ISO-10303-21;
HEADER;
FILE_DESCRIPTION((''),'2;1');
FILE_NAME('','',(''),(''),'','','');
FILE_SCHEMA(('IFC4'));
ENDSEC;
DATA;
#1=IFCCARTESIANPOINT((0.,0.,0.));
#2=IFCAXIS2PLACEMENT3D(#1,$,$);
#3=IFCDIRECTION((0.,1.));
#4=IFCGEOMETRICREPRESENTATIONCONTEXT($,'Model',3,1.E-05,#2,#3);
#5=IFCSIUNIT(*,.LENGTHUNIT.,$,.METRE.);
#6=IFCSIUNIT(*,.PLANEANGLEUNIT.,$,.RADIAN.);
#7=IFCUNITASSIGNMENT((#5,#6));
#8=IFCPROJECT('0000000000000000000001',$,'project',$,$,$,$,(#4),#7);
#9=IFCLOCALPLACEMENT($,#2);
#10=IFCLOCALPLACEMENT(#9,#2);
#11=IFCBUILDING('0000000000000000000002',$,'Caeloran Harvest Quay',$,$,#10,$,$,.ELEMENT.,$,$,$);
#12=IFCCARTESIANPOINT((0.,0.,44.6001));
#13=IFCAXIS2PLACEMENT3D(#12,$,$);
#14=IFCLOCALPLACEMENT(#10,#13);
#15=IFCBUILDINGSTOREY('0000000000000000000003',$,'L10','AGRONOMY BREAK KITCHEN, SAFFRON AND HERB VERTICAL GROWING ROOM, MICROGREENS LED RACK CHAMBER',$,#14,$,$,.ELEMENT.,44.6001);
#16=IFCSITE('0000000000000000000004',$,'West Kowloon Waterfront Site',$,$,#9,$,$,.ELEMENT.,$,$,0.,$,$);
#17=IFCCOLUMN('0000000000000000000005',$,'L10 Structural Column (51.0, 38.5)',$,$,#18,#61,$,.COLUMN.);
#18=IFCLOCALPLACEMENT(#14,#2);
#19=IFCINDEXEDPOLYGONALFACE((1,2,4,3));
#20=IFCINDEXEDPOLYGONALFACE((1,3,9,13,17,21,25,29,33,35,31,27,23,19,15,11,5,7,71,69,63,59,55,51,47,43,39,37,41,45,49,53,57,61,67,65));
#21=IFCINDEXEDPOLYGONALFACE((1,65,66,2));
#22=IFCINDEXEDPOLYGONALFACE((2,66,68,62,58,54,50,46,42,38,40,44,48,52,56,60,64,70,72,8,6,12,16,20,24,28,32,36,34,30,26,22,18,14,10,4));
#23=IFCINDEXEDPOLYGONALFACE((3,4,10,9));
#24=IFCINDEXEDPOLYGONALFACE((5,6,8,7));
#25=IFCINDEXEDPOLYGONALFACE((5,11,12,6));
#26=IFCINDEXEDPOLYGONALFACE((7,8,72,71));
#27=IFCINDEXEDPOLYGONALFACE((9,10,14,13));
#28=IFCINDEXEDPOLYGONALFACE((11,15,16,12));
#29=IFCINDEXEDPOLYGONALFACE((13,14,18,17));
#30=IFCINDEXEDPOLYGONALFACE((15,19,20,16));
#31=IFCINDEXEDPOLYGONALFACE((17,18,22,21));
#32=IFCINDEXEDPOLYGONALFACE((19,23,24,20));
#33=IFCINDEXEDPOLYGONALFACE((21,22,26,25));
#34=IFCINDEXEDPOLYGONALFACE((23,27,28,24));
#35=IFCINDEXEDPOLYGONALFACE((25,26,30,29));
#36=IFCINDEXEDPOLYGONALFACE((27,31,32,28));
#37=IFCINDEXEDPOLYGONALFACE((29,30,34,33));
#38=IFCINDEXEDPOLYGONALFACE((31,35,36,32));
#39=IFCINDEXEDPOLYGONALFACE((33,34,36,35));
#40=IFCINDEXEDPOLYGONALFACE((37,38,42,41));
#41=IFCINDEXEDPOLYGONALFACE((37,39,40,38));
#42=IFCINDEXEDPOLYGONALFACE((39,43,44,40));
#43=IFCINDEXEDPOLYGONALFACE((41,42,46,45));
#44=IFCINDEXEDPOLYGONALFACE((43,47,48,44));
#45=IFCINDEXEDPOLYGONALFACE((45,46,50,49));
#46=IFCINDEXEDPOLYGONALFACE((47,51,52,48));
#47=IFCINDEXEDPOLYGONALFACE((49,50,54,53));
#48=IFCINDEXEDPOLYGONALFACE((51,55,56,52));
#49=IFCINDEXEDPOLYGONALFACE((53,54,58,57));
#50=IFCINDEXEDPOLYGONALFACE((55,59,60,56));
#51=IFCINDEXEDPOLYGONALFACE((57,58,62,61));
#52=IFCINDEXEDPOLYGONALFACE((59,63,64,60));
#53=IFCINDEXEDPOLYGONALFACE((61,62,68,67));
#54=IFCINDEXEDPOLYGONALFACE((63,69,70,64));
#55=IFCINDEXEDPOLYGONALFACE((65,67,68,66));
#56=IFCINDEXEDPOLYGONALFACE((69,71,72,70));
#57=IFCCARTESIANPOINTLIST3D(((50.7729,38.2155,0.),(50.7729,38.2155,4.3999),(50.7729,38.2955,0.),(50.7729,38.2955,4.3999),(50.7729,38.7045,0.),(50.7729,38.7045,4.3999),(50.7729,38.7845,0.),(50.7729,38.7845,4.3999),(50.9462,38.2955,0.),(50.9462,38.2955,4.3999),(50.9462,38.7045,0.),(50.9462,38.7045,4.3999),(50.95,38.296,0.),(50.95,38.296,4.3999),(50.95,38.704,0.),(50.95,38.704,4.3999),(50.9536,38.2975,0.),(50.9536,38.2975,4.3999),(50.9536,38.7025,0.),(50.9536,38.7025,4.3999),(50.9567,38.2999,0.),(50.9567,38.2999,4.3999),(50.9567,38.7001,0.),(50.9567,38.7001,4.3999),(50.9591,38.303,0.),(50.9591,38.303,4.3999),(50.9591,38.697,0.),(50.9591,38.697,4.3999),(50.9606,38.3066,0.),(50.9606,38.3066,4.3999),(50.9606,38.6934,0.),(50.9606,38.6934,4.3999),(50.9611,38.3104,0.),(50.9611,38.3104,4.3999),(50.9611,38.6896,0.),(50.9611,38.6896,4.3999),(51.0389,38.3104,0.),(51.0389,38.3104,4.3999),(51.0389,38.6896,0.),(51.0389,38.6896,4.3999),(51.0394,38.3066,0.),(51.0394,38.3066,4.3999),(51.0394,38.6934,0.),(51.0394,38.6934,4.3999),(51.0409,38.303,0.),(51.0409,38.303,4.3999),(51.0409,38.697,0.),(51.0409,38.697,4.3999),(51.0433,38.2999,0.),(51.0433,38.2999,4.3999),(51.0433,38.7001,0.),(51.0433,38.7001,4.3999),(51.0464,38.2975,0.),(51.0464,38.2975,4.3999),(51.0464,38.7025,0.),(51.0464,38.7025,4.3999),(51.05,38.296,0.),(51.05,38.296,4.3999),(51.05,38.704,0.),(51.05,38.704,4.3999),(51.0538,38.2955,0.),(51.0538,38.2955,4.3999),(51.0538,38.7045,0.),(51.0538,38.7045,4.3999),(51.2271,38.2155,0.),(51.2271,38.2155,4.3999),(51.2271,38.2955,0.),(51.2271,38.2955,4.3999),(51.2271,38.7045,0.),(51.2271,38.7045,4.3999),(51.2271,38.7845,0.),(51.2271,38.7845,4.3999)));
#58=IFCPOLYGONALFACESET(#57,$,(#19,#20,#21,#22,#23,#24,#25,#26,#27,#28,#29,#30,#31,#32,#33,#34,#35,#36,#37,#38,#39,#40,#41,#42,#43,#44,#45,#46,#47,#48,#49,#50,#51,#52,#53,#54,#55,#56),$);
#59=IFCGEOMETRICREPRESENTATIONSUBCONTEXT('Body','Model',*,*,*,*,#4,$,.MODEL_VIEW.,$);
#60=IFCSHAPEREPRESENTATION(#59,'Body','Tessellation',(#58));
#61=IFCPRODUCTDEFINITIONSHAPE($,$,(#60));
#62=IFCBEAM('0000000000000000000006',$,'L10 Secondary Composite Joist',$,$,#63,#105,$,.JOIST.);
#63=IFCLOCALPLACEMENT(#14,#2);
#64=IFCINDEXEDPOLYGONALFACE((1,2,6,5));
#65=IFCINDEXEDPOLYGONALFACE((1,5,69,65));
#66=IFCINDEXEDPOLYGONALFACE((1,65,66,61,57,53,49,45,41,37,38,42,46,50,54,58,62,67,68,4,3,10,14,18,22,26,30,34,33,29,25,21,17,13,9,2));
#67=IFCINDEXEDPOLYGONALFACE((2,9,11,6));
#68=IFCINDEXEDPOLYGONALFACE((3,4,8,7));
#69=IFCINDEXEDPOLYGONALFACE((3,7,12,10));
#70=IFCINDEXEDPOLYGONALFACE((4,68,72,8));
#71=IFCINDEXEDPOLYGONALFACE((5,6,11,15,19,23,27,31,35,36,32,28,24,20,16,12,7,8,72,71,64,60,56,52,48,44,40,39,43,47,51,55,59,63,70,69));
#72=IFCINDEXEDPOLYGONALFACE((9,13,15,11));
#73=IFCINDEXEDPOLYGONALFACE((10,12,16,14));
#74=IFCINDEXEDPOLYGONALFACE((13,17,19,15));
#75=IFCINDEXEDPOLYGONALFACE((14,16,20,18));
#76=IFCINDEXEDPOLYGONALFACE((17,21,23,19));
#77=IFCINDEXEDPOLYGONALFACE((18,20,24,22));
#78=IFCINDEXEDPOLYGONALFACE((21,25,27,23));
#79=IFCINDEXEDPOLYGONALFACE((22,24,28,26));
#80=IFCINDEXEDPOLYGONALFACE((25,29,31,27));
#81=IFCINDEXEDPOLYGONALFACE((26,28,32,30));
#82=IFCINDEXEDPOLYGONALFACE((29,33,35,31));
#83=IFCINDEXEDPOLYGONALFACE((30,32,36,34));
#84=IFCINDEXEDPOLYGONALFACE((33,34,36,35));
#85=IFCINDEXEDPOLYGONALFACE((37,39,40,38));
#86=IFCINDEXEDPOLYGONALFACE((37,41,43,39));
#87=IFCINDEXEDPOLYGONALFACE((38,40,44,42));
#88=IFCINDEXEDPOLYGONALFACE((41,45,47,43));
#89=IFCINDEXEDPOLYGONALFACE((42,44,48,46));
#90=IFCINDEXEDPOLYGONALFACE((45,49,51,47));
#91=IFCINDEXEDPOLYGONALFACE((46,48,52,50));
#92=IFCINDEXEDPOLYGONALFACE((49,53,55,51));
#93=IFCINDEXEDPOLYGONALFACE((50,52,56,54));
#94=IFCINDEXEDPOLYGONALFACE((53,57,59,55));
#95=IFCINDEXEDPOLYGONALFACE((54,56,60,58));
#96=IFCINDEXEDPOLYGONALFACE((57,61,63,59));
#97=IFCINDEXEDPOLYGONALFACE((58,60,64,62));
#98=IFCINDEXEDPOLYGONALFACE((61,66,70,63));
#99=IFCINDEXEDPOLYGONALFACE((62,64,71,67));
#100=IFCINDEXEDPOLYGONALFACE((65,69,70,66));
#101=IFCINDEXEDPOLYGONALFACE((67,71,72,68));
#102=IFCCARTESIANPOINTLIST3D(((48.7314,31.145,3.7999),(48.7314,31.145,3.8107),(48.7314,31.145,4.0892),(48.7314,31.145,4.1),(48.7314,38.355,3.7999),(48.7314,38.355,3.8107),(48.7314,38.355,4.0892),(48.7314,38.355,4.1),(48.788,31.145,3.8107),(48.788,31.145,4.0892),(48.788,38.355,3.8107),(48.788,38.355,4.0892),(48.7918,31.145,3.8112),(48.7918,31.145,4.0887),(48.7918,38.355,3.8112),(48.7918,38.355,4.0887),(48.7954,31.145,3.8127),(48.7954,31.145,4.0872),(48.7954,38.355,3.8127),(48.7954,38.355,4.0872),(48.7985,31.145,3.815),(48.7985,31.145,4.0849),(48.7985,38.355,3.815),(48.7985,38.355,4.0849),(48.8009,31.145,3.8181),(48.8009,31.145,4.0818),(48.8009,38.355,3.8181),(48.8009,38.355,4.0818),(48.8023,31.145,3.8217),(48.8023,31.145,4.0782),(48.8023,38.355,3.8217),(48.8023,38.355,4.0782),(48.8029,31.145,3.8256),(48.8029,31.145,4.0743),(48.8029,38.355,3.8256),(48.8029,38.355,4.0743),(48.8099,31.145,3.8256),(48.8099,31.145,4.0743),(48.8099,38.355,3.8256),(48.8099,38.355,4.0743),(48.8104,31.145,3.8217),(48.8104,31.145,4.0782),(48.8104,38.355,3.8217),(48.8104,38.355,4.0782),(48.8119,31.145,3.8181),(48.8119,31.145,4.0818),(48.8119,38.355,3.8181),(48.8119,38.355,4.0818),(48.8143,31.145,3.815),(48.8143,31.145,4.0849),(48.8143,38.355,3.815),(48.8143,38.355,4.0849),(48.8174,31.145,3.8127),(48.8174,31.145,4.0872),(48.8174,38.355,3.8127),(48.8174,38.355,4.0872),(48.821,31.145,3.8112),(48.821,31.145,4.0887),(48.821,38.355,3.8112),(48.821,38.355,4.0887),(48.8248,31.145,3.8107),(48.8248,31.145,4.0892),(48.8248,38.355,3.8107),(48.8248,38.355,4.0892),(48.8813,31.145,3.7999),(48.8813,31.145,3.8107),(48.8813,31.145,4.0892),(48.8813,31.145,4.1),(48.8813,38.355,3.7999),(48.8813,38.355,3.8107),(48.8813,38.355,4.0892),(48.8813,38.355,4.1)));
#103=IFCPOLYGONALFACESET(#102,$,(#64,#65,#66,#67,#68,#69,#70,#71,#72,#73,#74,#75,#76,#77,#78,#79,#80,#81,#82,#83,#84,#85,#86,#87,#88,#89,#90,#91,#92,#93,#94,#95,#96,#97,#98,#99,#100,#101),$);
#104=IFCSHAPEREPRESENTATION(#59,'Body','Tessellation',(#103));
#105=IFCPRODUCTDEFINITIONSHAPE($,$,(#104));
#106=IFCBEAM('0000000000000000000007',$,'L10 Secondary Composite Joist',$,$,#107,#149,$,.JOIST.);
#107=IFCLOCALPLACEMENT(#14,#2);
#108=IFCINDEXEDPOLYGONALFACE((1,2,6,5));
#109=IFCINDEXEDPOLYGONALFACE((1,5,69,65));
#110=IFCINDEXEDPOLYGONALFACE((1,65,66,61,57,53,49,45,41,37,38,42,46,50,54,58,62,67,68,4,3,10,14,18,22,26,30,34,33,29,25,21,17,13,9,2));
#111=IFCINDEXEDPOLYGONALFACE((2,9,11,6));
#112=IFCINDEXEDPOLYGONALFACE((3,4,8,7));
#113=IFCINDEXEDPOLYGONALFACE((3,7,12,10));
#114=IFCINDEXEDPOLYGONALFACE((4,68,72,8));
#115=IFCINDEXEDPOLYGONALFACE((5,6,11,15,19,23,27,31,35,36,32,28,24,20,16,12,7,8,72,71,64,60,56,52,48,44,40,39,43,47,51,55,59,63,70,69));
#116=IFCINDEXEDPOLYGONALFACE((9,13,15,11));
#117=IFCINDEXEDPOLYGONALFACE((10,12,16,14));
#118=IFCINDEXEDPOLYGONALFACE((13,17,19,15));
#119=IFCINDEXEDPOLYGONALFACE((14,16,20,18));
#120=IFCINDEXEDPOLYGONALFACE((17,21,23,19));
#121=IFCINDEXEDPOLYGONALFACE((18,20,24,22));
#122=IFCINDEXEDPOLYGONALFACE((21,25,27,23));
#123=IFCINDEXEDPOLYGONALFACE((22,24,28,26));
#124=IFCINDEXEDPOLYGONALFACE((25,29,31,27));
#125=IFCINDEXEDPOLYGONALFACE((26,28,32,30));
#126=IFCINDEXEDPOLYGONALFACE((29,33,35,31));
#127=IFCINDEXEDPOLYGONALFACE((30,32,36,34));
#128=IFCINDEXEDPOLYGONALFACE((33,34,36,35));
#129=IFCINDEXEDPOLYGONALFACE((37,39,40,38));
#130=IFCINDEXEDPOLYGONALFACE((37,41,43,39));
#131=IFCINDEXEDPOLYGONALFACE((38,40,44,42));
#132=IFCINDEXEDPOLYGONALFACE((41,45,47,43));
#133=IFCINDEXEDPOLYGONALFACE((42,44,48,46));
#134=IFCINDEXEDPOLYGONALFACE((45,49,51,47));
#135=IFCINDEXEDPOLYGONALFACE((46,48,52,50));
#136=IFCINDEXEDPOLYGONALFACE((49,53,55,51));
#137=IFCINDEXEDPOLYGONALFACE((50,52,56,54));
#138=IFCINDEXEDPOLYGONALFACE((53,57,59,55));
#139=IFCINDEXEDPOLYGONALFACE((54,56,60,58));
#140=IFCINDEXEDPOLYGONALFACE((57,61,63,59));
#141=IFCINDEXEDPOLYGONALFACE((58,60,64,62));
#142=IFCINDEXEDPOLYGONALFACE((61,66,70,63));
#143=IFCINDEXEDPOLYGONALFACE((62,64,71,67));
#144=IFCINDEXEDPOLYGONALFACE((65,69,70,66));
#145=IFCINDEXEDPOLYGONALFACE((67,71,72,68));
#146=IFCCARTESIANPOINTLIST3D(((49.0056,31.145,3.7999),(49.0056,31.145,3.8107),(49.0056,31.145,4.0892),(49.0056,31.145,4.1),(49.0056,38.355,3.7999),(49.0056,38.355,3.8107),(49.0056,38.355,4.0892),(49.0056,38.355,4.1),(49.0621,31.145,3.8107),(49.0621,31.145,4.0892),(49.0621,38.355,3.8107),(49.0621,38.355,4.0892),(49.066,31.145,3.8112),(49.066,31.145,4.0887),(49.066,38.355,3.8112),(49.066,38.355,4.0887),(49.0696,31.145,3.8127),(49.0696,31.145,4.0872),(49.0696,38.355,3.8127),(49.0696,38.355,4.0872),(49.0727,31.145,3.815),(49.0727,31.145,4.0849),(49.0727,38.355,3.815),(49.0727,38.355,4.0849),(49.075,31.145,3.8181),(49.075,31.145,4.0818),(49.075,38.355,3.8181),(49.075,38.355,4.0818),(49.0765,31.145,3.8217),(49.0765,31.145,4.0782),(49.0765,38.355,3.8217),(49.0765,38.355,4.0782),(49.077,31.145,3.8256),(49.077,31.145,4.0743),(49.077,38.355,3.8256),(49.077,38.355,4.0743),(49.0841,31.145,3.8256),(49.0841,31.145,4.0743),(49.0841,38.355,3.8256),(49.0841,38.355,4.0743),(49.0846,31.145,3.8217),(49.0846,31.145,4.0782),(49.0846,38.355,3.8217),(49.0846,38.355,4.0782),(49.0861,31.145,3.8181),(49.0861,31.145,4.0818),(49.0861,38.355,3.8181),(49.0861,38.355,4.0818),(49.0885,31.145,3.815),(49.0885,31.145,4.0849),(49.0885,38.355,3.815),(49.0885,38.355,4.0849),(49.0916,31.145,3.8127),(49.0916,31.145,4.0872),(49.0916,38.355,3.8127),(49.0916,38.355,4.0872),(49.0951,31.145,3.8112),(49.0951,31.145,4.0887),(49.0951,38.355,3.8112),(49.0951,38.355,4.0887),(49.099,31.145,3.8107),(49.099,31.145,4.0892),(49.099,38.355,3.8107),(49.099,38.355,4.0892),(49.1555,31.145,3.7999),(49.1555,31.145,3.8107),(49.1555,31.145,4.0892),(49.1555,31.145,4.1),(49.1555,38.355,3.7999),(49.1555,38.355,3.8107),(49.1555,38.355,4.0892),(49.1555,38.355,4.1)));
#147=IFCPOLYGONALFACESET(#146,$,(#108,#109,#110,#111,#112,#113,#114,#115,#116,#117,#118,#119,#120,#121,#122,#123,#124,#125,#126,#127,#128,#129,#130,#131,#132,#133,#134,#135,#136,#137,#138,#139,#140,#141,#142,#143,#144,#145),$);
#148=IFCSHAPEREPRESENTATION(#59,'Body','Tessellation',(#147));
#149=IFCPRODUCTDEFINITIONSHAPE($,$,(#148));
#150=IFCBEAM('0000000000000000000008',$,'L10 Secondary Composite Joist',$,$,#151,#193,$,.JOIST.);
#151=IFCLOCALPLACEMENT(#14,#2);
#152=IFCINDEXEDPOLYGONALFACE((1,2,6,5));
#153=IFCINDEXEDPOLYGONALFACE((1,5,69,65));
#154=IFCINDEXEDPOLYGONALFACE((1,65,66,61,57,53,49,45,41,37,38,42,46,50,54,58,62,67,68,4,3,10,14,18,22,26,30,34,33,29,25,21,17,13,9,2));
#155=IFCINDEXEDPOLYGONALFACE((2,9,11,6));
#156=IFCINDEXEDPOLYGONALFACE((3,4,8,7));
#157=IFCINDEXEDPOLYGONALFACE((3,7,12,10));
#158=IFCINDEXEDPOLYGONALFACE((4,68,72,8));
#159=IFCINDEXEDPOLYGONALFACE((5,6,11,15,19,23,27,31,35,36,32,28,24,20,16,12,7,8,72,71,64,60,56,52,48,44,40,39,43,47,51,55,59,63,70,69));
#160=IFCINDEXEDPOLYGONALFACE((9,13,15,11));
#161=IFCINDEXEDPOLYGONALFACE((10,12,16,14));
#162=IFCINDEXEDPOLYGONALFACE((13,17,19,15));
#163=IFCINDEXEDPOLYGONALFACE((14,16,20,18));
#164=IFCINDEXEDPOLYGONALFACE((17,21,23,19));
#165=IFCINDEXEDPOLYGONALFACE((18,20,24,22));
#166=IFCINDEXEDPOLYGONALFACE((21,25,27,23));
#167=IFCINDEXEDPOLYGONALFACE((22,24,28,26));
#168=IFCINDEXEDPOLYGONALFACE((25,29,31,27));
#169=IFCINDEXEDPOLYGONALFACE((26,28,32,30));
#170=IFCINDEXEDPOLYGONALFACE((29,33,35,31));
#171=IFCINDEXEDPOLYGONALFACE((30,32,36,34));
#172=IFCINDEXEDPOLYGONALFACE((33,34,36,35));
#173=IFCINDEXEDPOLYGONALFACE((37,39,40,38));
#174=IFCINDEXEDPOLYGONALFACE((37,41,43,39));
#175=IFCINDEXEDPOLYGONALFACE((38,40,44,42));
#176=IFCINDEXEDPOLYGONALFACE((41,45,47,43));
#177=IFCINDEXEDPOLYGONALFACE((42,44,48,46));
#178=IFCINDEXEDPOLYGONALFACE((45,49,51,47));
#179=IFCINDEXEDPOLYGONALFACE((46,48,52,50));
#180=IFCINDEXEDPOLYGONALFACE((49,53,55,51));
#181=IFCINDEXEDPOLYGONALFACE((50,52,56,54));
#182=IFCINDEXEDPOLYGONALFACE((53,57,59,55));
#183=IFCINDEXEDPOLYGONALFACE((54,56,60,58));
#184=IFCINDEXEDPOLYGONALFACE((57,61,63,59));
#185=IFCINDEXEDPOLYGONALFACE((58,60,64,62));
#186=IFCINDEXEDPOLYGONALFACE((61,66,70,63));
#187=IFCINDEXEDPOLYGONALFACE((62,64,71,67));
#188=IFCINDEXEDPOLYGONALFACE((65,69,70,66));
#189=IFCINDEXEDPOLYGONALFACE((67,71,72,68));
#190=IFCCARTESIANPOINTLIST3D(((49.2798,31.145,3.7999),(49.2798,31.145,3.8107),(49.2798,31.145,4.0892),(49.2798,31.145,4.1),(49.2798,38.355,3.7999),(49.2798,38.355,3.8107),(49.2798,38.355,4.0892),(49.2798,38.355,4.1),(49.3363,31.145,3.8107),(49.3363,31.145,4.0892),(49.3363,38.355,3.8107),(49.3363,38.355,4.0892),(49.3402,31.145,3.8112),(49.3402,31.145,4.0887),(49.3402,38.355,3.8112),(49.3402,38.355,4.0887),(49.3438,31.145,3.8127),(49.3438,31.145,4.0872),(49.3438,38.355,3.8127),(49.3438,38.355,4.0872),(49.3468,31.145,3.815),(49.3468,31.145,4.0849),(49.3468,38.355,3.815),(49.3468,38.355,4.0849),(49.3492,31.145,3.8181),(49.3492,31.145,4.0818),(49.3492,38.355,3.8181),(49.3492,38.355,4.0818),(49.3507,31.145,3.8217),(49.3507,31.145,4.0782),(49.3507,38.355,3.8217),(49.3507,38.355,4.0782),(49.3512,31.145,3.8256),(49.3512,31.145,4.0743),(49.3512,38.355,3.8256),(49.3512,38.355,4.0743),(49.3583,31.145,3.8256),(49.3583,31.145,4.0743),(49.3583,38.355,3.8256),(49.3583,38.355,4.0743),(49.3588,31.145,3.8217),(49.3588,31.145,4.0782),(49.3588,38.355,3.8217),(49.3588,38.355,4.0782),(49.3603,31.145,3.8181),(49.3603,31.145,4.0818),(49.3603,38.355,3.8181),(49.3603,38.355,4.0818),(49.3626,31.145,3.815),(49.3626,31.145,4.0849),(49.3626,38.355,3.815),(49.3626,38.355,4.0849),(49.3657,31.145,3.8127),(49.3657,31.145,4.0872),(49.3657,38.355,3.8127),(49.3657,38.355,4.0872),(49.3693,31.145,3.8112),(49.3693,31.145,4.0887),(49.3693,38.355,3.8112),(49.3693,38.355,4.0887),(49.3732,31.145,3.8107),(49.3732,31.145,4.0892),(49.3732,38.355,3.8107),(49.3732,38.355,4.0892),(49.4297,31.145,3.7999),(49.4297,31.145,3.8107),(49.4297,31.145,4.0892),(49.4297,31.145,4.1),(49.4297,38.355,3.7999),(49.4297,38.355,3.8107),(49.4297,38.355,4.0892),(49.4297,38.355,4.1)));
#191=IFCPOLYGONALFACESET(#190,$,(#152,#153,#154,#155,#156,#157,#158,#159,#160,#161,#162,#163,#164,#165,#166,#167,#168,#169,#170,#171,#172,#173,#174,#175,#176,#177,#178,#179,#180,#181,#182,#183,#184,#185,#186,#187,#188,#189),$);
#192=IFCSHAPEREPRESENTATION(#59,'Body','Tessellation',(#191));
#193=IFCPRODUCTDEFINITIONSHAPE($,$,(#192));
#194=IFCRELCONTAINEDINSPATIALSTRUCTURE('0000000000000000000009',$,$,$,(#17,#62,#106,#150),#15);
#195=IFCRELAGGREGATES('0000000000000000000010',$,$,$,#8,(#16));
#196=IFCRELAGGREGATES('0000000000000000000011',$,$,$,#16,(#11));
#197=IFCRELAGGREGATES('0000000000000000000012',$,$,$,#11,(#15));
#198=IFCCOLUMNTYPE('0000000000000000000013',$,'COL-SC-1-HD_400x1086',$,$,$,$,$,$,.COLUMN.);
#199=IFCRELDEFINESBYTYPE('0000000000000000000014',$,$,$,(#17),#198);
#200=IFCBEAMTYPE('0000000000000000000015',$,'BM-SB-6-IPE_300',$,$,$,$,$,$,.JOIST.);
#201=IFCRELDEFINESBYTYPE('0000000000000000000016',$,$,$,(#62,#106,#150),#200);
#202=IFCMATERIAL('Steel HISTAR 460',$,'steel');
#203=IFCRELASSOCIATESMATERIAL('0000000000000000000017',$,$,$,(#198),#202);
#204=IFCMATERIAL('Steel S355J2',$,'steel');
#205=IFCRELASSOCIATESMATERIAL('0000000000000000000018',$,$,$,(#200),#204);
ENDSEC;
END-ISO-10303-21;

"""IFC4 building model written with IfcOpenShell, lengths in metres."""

from ifc_helpers import new_model, si_unit, direction, frame, origin, origin_2d, place, context, subcontext, project, spatial, i_section, extrude, material, material_profile, profile_set, type_object, element, save


model = new_model("IFC4")

# Units and contexts
model_context = context("Model", 3, precision=1e-05, world=origin(), true_north=direction((0.0, 1.0)))
body_context = subcontext(model_context, "Body", "Model", "MODEL_VIEW")
ifc_project = project(units=[si_unit("LENGTHUNIT", "METRE"), si_unit("PLANEANGLEUNIT", "RADIAN")], contexts=[model_context])

# Site, building, storey
site_placement = place(None, origin())
site = spatial("IfcSite", under=ifc_project, at=site_placement, Name="West Kowloon Waterfront Site", CompositionType="ELEMENT", RefElevation=0.0)
building_placement = place(site_placement, origin())
building = spatial("IfcBuilding", under=site, at=building_placement, Name="Caeloran Harvest Quay", CompositionType="ELEMENT")
storey_placement = place(building_placement, frame((0.0, 0.0, 44.6001)))
storey = spatial("IfcBuildingStorey", under=building, at=storey_placement, Name="L10", Description="AGRONOMY BREAK KITCHEN, SAFFRON AND HERB VERTICAL GROWING ROOM, MICROGREENS LED RACK CHAMBER", CompositionType="ELEMENT", Elevation=44.6001)

# Column
ifc_material_1 = material(Name="Steel HISTAR 460", Category="steel")
ifc_material_profile_1 = material_profile(ifc_material_1, i_section(OverallWidth=0.4541, OverallDepth=0.5691, WebThickness=0.0779, FlangeThickness=0.0801, FilletRadius=0.0149, at=origin_2d()), Name="HD 400x1086")
ifc_profile_set_1 = profile_set([ifc_material_profile_1], Name="Steel HISTAR 460")
column_type = type_object("IfcColumnType", Name="COL-SC-1-HD_400x1086", PredefinedType="COLUMN", material=ifc_profile_set_1)
column_placement = place(storey_placement, frame((51.0, 38.5, 0.0), z_axis=(0.0, 0.0, 1.0), x_axis=(1.0, 0.0, 0.0)))
element("IfcColumn", 1, at=column_placement, inside=storey, type_object=column_type, Name="L10 Structural Column (51.0, 38.5)", PredefinedType="COLUMN", context=body_context, shape_type="SweptSolid", body=[
    extrude(i_section(OverallWidth=0.4541, OverallDepth=0.5691, WebThickness=0.0779, FlangeThickness=0.0801, FilletRadius=0.0149, at=origin_2d()), origin(), (0.0, 0.0, 1.0), 4.3999),
])

# Beams
ifc_material_2 = material(Name="Steel S355J2", Category="steel")
ifc_material_profile_2 = material_profile(ifc_material_2, i_section(OverallWidth=0.1499, OverallDepth=0.3, WebThickness=0.0071, FlangeThickness=0.0107, FilletRadius=0.0149, at=origin_2d()), Name="IPE 300")
ifc_profile_set_2 = profile_set([ifc_material_profile_2], Name="Steel S355J2")
beam_type_1 = type_object("IfcBeamType", Name="BM-SB-6-IPE_300", PredefinedType="JOIST", material=ifc_profile_set_2)
for number, where, z_axis, x_axis, name in (
    (2, (48.8064, 31.145, 3.95), (0.0, 1.0, 0.0), (-1.0, 0.0, 0.0), "L10 Secondary Composite Joist"),
    (3, (49.0806, 31.145, 3.95), (0.0, 1.0, 0.0), (-1.0, 0.0, 0.0), "L10 Secondary Composite Joist"),
    (4, (49.3547, 31.145, 3.95), (0.0, 1.0, 0.0), (-1.0, 0.0, 0.0), "L10 Secondary Composite Joist"),
):
    element("IfcBeam", number, at=place(storey_placement, frame(where, z_axis=z_axis, x_axis=x_axis)), inside=storey, type_object=beam_type_1, Name=name, PredefinedType="JOIST", context=body_context, shape_type="SweptSolid", body=[
        extrude(i_section(OverallWidth=0.1499, OverallDepth=0.3, WebThickness=0.0071, FlangeThickness=0.0107, FilletRadius=0.0149, at=origin_2d()), origin(), (0.0, 0.0, 1.0), 7.21),
    ])

save(model, "model.ifc")
